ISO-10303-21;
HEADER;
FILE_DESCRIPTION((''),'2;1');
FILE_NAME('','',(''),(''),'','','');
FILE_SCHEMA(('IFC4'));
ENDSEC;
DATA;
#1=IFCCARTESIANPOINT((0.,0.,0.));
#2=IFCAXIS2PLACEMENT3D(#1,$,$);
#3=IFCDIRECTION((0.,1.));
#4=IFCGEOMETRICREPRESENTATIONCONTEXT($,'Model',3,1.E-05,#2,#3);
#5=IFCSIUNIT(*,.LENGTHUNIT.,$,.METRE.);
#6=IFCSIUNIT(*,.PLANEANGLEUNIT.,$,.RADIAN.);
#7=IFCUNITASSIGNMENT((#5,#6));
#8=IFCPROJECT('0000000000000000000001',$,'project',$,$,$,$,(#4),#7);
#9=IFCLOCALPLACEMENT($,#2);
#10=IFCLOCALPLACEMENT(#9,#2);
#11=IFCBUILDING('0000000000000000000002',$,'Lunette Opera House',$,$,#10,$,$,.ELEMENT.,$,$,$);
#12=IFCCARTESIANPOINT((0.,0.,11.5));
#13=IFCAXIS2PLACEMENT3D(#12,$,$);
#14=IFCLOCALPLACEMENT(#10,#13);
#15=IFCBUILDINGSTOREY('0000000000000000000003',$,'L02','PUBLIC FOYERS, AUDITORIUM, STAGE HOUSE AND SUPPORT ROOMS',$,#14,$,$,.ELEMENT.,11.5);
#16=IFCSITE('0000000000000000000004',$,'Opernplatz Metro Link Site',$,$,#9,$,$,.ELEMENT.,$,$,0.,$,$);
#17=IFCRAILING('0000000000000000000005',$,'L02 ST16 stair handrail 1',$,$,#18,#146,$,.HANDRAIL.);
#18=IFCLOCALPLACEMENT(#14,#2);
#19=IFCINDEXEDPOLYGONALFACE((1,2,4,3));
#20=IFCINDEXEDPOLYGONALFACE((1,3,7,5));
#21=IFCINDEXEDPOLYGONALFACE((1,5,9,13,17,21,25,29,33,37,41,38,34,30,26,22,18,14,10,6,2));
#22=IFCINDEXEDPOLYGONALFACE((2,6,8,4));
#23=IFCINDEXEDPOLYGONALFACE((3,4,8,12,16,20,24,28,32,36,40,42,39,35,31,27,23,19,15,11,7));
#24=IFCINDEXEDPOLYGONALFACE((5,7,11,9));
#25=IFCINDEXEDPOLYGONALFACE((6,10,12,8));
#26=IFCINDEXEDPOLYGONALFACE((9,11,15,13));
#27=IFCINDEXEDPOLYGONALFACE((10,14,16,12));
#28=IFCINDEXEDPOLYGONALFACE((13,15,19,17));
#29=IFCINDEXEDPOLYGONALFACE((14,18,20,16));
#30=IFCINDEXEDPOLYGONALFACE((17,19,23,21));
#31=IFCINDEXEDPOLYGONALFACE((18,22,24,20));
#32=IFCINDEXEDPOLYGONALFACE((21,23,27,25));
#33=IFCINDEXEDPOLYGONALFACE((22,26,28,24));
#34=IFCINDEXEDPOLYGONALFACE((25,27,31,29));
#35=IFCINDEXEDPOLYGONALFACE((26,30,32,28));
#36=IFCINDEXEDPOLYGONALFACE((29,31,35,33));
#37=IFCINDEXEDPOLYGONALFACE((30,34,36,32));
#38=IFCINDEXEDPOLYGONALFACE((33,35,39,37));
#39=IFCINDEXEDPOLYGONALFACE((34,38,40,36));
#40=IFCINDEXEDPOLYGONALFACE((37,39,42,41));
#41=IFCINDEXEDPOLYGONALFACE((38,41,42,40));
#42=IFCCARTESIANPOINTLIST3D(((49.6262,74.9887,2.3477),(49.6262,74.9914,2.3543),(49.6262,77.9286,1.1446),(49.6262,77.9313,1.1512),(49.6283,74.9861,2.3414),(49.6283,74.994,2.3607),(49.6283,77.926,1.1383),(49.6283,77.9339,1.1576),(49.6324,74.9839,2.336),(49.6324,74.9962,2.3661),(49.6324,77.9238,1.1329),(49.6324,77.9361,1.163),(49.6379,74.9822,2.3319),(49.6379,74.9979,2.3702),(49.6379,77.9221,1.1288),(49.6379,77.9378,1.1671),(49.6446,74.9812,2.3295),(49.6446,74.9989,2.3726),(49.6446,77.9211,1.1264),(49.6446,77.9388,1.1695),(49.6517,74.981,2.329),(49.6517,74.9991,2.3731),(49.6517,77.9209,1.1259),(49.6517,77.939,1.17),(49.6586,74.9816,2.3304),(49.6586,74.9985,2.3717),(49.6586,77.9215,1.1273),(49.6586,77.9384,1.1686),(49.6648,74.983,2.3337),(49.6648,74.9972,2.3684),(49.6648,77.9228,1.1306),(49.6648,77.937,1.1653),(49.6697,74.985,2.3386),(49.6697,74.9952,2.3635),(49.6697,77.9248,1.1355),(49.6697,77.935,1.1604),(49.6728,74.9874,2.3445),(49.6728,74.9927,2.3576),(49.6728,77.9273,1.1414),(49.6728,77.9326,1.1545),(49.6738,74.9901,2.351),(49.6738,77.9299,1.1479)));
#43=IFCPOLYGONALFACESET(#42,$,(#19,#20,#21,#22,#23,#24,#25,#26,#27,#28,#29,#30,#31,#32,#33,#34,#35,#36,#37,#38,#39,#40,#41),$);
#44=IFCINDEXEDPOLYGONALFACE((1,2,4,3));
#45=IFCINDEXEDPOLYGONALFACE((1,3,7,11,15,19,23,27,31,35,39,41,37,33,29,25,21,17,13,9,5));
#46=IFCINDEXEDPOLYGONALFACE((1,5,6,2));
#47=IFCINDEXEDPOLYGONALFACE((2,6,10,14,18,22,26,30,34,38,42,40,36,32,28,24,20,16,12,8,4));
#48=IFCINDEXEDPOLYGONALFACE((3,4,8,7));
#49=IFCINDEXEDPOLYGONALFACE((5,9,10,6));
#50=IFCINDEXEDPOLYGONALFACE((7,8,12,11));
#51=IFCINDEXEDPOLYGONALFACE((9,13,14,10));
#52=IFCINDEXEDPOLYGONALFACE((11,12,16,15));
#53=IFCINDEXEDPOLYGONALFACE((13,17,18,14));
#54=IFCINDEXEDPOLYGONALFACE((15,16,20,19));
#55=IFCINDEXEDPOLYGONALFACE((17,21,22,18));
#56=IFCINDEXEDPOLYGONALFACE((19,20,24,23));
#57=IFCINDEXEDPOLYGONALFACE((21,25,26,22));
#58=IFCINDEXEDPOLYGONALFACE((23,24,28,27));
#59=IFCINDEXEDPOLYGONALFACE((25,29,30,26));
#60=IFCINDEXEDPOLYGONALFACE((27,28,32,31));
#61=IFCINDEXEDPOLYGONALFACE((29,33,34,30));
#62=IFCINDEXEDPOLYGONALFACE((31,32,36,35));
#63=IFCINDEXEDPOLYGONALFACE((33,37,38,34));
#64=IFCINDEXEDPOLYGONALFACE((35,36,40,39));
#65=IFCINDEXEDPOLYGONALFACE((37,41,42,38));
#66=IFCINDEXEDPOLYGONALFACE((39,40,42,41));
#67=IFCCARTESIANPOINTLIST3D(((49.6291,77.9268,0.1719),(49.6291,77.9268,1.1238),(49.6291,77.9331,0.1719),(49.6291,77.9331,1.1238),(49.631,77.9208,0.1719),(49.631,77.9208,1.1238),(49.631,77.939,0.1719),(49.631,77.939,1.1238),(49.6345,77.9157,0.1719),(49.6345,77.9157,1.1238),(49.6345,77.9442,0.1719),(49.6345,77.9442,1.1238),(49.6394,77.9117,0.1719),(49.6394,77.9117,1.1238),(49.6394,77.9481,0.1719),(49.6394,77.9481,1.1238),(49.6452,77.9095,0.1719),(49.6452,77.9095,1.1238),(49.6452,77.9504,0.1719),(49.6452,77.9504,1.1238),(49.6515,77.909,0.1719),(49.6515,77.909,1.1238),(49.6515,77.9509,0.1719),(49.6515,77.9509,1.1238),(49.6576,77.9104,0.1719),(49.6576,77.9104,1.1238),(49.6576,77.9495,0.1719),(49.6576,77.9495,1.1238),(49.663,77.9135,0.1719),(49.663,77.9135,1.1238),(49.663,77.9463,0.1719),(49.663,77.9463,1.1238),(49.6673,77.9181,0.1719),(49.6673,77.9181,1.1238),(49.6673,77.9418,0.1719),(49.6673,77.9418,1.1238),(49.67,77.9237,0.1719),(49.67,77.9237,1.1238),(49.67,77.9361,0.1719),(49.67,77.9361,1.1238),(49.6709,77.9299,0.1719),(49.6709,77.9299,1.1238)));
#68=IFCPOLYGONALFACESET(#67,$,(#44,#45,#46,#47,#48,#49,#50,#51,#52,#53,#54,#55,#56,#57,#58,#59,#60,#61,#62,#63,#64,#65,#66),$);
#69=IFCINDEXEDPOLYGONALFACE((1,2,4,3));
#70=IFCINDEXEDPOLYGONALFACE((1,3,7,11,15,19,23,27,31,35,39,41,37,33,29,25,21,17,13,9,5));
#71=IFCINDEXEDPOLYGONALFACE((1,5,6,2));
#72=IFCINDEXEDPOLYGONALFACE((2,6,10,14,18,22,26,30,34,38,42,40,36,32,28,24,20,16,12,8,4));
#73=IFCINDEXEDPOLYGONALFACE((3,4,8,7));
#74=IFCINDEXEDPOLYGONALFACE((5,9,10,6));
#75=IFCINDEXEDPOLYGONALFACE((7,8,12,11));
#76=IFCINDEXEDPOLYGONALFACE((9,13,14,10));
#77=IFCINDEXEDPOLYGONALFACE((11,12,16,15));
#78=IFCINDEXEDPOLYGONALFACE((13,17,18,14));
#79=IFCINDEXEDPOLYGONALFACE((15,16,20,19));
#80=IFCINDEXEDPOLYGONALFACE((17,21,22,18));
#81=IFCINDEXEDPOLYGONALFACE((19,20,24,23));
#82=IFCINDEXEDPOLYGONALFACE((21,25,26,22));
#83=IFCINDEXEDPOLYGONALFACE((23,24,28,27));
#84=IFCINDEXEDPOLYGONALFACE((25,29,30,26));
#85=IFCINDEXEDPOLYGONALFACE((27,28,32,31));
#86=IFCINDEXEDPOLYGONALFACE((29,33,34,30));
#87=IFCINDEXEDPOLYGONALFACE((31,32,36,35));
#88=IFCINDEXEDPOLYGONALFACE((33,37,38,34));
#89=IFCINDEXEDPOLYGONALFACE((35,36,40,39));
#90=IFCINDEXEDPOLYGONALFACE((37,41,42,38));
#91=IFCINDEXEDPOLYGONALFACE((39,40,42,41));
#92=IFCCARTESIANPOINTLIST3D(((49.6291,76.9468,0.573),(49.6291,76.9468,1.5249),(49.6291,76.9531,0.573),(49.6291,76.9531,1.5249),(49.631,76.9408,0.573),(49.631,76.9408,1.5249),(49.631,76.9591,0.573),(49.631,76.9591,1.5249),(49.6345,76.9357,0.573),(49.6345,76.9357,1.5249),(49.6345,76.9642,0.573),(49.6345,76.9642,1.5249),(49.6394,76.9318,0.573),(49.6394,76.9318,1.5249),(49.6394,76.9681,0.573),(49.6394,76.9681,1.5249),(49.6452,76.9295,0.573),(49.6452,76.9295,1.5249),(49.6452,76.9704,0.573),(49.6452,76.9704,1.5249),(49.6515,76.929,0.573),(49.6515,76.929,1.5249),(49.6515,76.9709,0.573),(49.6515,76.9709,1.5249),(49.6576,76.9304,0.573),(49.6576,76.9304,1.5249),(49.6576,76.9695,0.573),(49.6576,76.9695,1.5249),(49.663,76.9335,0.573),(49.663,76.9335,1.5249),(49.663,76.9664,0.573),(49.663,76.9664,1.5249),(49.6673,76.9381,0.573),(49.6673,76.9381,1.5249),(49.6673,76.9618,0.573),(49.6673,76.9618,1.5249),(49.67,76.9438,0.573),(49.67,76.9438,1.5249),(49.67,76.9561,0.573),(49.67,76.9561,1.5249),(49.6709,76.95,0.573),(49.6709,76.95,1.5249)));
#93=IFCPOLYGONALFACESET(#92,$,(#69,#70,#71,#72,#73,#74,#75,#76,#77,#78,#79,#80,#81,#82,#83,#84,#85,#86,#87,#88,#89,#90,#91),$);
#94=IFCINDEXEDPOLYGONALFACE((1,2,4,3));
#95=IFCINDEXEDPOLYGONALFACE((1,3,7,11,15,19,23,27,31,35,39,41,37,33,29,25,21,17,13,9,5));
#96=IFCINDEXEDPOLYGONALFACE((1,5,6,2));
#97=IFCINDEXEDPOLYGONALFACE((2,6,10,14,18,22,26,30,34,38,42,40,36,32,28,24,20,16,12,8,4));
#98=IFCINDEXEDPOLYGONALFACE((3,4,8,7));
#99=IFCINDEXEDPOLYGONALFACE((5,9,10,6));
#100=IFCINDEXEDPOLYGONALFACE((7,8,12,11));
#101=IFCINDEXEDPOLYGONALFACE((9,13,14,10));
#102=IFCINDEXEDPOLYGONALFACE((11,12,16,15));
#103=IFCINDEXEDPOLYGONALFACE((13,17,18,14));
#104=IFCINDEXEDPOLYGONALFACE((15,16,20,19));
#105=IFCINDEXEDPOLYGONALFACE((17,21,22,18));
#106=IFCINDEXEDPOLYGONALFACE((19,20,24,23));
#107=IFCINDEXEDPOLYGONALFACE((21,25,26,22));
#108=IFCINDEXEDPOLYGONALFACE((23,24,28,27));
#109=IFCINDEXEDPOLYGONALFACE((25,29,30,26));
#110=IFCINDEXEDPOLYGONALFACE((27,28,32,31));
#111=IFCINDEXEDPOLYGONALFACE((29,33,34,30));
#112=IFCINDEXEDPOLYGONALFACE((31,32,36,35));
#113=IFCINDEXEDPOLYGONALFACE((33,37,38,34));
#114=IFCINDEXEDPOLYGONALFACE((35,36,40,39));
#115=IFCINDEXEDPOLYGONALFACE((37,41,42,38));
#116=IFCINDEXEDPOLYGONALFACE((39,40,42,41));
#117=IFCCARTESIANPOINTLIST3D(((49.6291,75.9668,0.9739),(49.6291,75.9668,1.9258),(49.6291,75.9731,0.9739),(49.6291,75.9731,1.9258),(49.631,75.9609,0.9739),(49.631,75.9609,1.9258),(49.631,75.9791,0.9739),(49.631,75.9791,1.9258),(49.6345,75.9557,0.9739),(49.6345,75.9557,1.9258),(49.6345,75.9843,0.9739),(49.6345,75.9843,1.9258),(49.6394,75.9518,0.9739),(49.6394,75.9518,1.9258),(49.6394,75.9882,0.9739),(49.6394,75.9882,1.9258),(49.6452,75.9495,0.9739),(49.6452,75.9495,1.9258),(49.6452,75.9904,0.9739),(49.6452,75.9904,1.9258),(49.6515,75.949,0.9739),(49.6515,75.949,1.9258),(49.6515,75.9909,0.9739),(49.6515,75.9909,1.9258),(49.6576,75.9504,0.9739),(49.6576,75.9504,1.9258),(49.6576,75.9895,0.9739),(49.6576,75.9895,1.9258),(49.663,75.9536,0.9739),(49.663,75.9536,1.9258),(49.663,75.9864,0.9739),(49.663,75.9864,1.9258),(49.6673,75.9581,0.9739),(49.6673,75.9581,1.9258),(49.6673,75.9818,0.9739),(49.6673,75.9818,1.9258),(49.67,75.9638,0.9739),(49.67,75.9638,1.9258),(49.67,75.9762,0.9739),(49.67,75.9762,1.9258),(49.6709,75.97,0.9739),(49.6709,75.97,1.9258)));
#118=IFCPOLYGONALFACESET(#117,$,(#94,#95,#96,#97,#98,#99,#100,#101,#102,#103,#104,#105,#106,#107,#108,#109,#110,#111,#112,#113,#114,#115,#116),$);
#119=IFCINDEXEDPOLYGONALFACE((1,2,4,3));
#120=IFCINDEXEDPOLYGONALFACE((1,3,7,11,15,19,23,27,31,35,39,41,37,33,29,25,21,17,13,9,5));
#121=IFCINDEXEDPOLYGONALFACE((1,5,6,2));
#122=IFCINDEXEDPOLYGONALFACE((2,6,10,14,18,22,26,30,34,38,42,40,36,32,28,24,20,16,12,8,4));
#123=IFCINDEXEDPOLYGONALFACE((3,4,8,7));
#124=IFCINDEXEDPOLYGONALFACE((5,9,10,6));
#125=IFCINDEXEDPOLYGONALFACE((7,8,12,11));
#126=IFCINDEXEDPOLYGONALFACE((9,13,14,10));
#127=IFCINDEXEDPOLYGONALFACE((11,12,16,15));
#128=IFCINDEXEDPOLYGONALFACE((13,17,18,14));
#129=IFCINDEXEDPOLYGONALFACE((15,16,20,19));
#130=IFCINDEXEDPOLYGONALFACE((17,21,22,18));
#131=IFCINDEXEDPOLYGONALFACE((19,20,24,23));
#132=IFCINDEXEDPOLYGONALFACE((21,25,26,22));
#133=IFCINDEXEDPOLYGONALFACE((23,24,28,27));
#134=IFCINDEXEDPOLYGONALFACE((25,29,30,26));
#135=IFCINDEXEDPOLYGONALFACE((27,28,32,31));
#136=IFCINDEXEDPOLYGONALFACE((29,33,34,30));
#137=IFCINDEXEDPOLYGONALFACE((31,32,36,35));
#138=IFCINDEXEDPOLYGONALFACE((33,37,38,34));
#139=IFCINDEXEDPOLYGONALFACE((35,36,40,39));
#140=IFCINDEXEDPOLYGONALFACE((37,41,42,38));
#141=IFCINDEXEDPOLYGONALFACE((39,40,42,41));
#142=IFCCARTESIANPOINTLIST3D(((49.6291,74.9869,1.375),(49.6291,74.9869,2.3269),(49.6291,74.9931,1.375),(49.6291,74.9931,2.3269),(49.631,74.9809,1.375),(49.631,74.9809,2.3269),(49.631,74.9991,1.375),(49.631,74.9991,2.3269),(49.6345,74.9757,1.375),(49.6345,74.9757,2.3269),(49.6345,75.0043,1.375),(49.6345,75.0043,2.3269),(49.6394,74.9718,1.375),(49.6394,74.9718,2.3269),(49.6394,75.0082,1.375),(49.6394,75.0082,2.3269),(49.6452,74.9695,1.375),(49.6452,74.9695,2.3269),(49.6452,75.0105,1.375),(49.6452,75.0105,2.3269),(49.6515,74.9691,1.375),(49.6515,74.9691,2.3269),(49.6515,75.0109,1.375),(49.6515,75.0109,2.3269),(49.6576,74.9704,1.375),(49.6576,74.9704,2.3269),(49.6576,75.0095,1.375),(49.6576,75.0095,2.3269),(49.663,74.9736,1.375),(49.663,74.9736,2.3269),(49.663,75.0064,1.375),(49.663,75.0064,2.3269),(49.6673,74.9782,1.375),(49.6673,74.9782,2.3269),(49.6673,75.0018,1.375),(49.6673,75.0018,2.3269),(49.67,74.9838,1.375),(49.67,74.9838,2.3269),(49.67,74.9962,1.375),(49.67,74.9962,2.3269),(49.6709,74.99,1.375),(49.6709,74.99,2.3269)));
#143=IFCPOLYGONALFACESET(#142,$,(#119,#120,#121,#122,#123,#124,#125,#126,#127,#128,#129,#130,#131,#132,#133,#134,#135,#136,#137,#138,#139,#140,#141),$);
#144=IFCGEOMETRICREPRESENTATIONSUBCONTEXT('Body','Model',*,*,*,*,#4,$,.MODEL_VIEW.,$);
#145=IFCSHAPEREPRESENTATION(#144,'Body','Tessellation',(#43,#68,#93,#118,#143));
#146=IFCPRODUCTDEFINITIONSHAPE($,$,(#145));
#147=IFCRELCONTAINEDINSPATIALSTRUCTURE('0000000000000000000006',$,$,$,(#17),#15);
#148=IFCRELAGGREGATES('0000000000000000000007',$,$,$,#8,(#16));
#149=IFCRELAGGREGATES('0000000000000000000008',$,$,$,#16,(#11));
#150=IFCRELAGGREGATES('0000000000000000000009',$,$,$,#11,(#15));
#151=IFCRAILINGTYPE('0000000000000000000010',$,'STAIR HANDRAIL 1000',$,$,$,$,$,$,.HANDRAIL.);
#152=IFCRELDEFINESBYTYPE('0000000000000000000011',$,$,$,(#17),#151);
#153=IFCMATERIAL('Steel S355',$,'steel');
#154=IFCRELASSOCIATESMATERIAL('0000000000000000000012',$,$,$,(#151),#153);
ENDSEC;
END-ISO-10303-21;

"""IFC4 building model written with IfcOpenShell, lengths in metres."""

from ifc_helpers import new_model, si_unit, direction, frame, origin, origin_2d, place, context, subcontext, project, spatial, circle, extrude, material, type_object, element, save


model = new_model("IFC4")

# Units and contexts
model_context = context("Model", 3, precision=1e-05, world=origin(), true_north=direction((0.0, 1.0)))
body_context = subcontext(model_context, "Body", "Model", "MODEL_VIEW")
ifc_project = project(units=[si_unit("LENGTHUNIT", "METRE"), si_unit("PLANEANGLEUNIT", "RADIAN")], contexts=[model_context])

# Site, building, storey
site_placement = place(None, origin())
site = spatial("IfcSite", under=ifc_project, at=site_placement, Name="Opernplatz Metro Link Site", CompositionType="ELEMENT", RefElevation=0.0)
building_placement = place(site_placement, origin())
building = spatial("IfcBuilding", under=site, at=building_placement, Name="Lunette Opera House", CompositionType="ELEMENT")
storey_placement = place(building_placement, frame((0.0, 0.0, 11.5)))
storey = spatial("IfcBuildingStorey", under=building, at=storey_placement, Name="L02", Description="PUBLIC FOYERS, AUDITORIUM, STAGE HOUSE AND SUPPORT ROOMS", CompositionType="ELEMENT", Elevation=11.5)

# Railing
ifc_material_1 = material(Name="Steel S355", Category="steel")
railing_type_1 = type_object("IfcRailingType", Name="STAIR HANDRAIL 1000", PredefinedType="HANDRAIL", material=ifc_material_1)
railing_1_placement = place(storey_placement, frame((49.6499, 77.9299, 0.1719)))
element("IfcRailing", 1, at=railing_1_placement, inside=storey, type_object=railing_type_1, Name="L02 ST16 stair handrail 1", PredefinedType="HANDRAIL", context=body_context, shape_type="SweptSolid", body=[
    extrude(circle(Radius=0.0239, at=origin_2d()), frame((0.0, 0.0, 0.9761), z_axis=(0.0, -0.9255, 0.378747), x_axis=(1.0, 0.0, 0.0)), (0.0, 0.0, 1.0), 3.1765),
    extrude(circle(Radius=0.021, at=origin_2d()), origin(), (0.0, 0.0, 1.0), 0.9519),
    extrude(circle(Radius=0.021, at=origin_2d()), frame((0.0, -0.98, 0.4011)), (0.0, 0.0, 1.0), 0.9519),
    extrude(circle(Radius=0.021, at=origin_2d()), frame((0.0, -1.96, 0.802)), (0.0, 0.0, 1.0), 0.9519),
    extrude(circle(Radius=0.021, at=origin_2d()), frame((0.0, -2.9399, 1.2031)), (0.0, 0.0, 1.0), 0.9519),
])

save(model, "model.ifc")
